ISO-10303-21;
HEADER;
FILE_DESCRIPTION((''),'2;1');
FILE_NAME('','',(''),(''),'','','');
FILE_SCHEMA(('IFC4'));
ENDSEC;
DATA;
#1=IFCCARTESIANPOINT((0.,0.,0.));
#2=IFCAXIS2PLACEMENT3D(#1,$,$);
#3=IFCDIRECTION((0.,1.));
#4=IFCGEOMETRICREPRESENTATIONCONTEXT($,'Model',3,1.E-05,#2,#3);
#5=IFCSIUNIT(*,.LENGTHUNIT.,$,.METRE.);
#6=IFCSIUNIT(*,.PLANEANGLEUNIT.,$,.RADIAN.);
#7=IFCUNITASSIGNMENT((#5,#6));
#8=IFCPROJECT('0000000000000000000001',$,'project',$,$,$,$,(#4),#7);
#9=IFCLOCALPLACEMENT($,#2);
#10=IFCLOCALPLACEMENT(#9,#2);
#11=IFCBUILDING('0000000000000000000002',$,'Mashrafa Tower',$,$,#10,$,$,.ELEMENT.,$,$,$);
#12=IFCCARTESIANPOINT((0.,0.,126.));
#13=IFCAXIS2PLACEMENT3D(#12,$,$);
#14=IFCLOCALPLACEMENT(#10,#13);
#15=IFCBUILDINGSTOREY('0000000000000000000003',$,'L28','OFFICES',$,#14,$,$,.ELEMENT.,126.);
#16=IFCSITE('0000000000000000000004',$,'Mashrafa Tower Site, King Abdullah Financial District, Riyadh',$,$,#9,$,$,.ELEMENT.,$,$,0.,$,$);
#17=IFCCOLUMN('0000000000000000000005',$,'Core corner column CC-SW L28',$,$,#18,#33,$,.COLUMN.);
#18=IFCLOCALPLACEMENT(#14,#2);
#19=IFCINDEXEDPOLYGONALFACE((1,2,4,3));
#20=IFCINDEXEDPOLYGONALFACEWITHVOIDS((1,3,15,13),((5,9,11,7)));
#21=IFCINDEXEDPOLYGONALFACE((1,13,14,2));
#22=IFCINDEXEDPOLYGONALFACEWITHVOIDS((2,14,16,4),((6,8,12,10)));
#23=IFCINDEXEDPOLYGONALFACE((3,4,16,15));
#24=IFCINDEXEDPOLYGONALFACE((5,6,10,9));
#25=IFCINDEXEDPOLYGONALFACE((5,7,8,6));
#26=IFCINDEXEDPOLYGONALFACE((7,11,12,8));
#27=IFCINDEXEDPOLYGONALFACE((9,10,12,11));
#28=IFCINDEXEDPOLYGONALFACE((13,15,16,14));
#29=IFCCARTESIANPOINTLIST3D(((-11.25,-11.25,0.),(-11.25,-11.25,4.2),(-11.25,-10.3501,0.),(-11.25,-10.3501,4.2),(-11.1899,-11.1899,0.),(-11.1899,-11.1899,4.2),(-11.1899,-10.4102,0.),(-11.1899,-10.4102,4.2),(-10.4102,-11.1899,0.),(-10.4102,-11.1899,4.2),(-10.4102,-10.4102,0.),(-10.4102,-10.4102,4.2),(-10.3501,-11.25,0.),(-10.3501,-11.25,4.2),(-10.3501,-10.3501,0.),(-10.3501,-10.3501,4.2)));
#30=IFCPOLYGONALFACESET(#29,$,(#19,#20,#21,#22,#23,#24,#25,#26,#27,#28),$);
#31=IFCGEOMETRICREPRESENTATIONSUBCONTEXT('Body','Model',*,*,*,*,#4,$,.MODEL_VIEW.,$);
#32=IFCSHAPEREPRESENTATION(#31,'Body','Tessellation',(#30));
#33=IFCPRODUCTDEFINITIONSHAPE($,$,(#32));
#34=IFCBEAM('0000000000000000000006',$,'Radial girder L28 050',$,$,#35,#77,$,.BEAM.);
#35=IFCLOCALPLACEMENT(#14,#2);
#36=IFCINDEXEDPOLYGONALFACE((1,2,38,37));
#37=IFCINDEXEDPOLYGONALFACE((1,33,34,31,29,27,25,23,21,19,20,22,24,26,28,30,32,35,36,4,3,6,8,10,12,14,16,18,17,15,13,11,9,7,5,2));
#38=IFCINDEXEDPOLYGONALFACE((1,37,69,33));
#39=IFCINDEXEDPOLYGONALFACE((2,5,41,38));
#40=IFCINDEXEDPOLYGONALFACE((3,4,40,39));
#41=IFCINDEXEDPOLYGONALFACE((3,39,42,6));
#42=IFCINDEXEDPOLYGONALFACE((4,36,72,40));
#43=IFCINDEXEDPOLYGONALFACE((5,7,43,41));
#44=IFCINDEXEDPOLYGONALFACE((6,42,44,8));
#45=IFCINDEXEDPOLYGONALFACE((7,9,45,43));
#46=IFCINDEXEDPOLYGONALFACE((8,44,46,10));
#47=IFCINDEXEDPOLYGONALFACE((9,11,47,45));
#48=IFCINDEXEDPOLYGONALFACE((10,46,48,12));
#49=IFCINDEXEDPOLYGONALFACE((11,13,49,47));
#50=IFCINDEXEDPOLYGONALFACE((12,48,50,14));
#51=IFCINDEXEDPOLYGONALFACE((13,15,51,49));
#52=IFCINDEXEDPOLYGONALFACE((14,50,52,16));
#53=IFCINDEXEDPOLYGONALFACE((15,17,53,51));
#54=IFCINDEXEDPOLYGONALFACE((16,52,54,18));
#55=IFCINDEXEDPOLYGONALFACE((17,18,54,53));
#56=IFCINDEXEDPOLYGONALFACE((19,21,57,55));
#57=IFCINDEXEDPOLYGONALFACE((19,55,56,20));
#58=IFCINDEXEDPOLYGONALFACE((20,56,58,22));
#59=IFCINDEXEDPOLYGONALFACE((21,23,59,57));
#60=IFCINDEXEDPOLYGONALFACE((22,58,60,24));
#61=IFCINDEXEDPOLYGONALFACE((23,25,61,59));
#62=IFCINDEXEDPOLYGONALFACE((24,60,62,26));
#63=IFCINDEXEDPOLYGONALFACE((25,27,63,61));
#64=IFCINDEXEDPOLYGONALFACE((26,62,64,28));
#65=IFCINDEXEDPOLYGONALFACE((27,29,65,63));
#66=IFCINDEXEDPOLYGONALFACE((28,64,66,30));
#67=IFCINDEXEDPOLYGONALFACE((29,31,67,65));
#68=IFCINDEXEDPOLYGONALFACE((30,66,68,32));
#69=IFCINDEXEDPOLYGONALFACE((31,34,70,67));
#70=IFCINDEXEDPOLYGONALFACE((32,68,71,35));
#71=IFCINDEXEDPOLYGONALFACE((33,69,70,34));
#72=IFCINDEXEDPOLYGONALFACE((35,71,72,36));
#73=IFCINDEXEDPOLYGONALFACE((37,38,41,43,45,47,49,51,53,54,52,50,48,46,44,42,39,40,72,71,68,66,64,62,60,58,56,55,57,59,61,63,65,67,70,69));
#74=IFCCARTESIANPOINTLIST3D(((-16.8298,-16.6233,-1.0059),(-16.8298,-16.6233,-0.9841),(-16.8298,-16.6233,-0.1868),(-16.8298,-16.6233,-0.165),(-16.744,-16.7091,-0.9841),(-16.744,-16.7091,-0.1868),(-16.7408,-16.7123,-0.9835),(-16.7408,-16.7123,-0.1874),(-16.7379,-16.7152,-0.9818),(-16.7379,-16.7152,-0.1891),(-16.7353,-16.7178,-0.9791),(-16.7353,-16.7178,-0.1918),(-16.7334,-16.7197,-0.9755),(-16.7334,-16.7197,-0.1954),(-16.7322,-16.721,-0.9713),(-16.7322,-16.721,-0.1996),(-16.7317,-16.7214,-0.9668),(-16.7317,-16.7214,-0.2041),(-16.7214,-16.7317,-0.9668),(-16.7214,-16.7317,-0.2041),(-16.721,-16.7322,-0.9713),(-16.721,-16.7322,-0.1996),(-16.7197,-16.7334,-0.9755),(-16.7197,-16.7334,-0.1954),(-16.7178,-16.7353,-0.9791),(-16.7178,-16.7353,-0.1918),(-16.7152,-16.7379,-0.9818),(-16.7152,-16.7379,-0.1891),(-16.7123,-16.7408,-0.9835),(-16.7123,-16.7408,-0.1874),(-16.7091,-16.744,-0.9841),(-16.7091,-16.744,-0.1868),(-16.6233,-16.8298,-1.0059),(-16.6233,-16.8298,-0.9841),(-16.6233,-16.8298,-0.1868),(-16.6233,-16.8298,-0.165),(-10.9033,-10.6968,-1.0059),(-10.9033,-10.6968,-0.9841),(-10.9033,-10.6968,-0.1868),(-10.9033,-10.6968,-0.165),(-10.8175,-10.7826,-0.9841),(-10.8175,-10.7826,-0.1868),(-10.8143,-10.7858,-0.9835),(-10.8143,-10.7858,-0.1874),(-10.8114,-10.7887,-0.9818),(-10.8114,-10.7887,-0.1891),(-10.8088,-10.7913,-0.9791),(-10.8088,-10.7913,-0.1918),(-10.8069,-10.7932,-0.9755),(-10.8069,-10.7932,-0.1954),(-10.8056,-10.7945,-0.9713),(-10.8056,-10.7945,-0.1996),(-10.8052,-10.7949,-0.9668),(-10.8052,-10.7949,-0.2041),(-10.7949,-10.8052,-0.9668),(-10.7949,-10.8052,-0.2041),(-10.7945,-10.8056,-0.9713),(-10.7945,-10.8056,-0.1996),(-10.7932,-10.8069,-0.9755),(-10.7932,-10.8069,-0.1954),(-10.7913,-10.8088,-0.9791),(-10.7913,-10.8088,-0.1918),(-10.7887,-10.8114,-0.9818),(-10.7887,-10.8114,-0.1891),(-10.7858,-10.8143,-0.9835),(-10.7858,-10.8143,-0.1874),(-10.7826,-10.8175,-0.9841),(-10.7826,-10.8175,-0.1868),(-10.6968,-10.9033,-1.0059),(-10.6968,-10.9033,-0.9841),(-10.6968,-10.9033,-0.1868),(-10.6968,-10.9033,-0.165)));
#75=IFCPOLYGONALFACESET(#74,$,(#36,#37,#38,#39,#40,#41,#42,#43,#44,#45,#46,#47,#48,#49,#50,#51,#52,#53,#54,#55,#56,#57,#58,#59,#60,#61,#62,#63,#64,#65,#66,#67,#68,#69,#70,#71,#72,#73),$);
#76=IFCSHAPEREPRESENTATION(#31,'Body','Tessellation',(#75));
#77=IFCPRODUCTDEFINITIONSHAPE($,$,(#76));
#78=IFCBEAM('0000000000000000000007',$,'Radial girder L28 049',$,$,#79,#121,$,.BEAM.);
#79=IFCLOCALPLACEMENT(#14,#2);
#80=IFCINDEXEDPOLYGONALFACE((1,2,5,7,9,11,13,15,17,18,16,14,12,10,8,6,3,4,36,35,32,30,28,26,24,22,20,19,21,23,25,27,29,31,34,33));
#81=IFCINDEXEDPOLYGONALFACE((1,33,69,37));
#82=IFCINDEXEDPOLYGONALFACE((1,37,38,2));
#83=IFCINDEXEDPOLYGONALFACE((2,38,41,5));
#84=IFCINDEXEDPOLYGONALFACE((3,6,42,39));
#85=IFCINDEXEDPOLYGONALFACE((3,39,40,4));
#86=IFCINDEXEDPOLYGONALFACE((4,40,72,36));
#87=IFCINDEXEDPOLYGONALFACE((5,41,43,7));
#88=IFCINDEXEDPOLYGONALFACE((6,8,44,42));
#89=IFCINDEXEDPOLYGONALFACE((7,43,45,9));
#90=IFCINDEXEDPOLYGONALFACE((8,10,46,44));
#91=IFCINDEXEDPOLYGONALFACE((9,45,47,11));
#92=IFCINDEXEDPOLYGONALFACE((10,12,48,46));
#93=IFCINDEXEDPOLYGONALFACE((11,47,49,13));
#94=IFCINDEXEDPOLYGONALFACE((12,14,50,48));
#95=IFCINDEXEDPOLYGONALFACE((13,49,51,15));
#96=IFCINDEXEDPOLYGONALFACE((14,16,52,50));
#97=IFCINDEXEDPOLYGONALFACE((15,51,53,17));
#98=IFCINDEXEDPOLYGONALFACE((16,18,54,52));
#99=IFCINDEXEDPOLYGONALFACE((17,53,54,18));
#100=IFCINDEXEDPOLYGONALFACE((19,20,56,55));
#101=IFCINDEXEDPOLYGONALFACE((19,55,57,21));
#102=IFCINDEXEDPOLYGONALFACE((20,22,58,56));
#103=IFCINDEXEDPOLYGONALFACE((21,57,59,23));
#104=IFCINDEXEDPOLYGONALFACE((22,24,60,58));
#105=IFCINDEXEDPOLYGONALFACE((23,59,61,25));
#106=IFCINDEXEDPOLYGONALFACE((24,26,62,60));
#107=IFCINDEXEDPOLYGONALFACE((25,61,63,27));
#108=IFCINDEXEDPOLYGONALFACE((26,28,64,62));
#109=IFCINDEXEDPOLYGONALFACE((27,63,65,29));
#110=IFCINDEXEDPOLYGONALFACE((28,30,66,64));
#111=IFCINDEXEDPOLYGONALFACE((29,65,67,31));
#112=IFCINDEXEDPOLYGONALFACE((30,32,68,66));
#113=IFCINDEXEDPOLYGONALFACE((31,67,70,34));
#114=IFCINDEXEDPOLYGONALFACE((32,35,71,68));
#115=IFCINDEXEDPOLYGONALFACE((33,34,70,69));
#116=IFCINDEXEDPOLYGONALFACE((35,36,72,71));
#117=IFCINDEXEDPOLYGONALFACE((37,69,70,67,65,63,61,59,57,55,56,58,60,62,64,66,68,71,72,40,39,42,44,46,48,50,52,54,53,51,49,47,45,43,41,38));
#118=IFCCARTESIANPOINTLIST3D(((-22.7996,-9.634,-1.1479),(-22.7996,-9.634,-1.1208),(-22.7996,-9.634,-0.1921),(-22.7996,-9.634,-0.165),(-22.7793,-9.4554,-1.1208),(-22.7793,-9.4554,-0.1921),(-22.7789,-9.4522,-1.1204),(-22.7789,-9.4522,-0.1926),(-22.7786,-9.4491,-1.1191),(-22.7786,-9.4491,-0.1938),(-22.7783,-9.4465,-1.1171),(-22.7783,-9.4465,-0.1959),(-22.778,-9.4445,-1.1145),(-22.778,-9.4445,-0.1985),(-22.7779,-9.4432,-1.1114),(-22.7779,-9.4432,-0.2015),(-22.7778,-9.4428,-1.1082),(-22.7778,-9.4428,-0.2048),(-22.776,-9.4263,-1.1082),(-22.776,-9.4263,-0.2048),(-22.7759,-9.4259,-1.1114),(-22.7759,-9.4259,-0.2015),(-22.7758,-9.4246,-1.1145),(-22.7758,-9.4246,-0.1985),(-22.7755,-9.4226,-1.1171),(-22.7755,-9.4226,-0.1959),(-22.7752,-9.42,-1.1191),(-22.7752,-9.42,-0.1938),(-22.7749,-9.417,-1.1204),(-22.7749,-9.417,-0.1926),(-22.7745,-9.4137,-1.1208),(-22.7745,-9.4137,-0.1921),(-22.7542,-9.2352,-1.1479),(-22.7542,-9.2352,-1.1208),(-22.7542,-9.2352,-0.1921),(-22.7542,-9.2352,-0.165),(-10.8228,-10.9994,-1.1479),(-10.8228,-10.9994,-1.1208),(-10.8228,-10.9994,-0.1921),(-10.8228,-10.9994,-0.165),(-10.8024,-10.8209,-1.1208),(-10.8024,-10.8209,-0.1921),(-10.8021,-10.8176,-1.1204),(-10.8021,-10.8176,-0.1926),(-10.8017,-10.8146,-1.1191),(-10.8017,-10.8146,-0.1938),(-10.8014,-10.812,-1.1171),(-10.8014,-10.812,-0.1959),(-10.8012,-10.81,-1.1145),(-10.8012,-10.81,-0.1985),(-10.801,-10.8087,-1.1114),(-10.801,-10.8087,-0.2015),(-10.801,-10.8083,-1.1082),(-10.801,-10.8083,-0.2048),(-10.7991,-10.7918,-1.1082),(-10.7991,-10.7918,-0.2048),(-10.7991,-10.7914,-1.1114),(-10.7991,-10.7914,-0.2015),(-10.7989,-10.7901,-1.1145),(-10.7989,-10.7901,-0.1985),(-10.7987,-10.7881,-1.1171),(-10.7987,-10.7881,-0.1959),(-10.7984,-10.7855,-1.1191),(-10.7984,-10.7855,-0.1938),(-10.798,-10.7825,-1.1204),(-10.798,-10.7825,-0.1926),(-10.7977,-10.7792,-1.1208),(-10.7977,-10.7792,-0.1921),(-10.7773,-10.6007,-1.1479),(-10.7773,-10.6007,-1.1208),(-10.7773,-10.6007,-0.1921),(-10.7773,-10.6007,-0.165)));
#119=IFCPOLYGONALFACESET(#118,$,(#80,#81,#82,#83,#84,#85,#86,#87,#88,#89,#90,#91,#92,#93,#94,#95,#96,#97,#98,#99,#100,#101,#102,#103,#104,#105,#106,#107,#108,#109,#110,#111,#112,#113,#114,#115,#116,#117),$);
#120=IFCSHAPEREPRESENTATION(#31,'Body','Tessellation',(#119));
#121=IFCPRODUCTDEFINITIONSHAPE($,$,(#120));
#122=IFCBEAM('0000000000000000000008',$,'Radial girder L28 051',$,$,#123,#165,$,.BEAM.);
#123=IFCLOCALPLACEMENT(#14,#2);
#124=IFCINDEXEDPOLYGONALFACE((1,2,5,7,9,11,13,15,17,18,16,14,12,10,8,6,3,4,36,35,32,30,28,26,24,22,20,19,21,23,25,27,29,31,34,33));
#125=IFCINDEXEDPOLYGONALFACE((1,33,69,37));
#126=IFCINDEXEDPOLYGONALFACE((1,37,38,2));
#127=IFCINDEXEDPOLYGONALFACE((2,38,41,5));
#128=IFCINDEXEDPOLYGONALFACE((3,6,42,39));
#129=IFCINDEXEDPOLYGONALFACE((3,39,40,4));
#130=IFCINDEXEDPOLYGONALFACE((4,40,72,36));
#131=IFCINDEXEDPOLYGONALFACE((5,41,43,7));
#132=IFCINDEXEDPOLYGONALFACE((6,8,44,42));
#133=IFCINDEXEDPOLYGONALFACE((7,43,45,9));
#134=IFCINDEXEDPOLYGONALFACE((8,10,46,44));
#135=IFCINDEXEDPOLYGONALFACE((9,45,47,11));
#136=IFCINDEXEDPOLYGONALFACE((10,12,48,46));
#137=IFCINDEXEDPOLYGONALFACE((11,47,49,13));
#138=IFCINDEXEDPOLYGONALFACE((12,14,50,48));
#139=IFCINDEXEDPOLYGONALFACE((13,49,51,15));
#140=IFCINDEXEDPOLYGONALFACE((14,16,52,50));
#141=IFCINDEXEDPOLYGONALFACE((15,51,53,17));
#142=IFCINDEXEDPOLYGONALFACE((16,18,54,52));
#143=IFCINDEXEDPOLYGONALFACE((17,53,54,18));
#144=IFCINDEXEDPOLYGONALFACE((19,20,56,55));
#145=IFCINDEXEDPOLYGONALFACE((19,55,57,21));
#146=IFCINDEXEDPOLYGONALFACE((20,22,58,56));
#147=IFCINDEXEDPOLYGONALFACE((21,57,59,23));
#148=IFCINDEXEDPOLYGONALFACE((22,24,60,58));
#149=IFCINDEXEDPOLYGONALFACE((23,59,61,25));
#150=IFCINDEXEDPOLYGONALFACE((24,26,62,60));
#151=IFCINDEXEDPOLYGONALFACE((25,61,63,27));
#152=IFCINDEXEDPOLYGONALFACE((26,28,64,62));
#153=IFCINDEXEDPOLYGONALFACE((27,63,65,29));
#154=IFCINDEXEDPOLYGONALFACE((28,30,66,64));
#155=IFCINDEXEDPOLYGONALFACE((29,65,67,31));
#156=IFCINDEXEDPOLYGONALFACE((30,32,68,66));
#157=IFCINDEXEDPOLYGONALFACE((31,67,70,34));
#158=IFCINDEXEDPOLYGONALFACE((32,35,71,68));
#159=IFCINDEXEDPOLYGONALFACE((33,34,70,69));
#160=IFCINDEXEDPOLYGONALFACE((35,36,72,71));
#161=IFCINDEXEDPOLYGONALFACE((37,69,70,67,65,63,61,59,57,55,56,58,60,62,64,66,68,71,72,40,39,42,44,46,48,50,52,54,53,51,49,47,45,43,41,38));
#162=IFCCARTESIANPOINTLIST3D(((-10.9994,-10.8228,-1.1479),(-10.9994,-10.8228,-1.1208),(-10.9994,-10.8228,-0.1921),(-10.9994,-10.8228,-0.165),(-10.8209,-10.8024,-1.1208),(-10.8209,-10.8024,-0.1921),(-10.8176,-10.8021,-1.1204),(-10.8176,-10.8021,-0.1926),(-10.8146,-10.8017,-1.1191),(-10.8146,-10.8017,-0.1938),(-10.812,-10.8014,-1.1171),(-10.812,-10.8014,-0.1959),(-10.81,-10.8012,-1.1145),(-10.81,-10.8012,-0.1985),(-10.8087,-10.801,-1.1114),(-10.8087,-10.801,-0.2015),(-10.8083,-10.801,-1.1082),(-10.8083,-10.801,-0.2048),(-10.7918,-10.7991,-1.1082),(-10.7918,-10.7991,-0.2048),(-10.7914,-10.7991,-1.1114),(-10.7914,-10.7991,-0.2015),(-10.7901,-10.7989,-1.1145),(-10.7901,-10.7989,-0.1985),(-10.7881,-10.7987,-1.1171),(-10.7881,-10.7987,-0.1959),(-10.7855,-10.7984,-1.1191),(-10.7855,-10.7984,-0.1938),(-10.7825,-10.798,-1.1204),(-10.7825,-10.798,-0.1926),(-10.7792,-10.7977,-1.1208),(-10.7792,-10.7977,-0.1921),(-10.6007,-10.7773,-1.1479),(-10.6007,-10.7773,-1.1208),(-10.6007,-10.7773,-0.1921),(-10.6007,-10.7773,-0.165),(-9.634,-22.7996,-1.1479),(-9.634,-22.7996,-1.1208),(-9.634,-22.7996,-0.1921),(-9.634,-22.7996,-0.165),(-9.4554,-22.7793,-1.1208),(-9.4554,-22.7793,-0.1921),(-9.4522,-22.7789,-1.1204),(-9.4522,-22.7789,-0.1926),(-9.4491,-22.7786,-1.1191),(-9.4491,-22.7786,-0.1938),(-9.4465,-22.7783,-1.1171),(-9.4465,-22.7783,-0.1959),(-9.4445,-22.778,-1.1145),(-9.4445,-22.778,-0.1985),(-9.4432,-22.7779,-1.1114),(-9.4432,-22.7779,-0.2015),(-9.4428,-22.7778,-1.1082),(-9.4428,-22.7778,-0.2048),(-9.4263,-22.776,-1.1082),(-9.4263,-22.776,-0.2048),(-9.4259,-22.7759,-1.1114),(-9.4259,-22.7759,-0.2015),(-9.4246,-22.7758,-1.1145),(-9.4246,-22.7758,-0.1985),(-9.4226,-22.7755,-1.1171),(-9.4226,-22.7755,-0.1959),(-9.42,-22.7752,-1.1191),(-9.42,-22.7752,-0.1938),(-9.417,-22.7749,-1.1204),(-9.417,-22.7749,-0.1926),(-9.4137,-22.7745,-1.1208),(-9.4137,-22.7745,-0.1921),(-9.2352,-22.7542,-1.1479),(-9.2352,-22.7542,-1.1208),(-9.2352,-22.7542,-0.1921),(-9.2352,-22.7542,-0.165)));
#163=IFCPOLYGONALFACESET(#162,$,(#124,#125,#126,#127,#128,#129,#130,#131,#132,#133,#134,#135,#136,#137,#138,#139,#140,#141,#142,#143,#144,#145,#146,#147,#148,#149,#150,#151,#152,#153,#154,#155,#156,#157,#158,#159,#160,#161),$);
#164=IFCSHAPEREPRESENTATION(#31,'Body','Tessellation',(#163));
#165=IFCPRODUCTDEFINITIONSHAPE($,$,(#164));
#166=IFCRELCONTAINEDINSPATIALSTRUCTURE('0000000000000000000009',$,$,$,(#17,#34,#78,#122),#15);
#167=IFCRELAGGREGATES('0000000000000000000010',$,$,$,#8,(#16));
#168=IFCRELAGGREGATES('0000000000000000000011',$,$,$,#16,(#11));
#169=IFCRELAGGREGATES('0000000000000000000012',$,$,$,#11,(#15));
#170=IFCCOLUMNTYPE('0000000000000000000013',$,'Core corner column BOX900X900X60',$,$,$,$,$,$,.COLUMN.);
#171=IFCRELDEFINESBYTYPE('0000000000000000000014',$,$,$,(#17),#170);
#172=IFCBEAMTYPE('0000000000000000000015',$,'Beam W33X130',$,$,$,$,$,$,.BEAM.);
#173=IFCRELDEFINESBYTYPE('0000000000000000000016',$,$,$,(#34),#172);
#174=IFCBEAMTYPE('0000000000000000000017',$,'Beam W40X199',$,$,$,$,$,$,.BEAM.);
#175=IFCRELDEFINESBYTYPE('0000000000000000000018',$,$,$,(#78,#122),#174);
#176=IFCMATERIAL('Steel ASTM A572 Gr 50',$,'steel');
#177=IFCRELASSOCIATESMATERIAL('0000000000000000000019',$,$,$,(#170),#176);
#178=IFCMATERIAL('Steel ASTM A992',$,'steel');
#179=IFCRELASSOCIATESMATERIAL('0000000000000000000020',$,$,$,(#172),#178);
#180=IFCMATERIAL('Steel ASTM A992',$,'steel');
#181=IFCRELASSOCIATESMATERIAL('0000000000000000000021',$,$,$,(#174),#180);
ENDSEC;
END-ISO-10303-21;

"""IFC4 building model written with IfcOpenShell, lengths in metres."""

from ifc_helpers import new_model, si_unit, direction, frame, origin, origin_2d, place, context, subcontext, project, spatial, hollow_rectangle, i_section, extrude, material, material_profile, profile_set, type_object, element, save


model = new_model("IFC4")

# Units and contexts
model_context = context("Model", 3, precision=1e-05, world=origin(), true_north=direction((0.0, 1.0)))
body_context = subcontext(model_context, "Body", "Model", "MODEL_VIEW")
ifc_project = project(units=[si_unit("LENGTHUNIT", "METRE"), si_unit("PLANEANGLEUNIT", "RADIAN")], contexts=[model_context])

# Site, building, storey
site_placement = place(None, origin())
site = spatial("IfcSite", under=ifc_project, at=site_placement, Name="Mashrafa Tower Site, King Abdullah Financial District, Riyadh", CompositionType="ELEMENT", RefElevation=0.0)
building_placement = place(site_placement, origin())
building = spatial("IfcBuilding", under=site, at=building_placement, Name="Mashrafa Tower", CompositionType="ELEMENT")
storey_placement = place(building_placement, frame((0.0, 0.0, 126.0)))
storey = spatial("IfcBuildingStorey", under=building, at=storey_placement, Name="L28", Description="OFFICES", CompositionType="ELEMENT", Elevation=126.0)

# Column
ifc_material_1 = material(Name="Steel ASTM A572 Gr 50", Category="steel")
ifc_material_profile_1 = material_profile(ifc_material_1, hollow_rectangle(XDim=0.8999, YDim=0.8999, WallThickness=0.0601, at=origin_2d()), Name="BOX900X900X60")
ifc_profile_set_1 = profile_set([ifc_material_profile_1], Name="Steel ASTM A572 Gr 50")
column_type = type_object("IfcColumnType", Name="Core corner column BOX900X900X60", PredefinedType="COLUMN", material=ifc_profile_set_1)
column_placement = place(storey_placement, frame((-10.8, -10.8, 0.0), z_axis=(0.0, 0.0, 1.0), x_axis=(1.0, 0.0, 0.0)))
element("IfcColumn", 1, at=column_placement, inside=storey, type_object=column_type, Name="Core corner column CC-SW L28", PredefinedType="COLUMN", context=body_context, shape_type="SweptSolid", body=[
    extrude(hollow_rectangle(XDim=0.8999, YDim=0.8999, WallThickness=0.0601, at=origin_2d()), origin(), (0.0, 0.0, 1.0), 4.2),
])

# Beams
ifc_material_2 = material(Name="Steel ASTM A992", Category="steel")
ifc_material_profile_2 = material_profile(ifc_material_2, i_section(OverallWidth=0.292, OverallDepth=0.8408, WebThickness=0.0146, FlangeThickness=0.0217, FilletRadius=0.0173, at=origin_2d()), Name="W33X130")
ifc_profile_set_2 = profile_set([ifc_material_profile_2], Name="Steel ASTM A992")
beam_type_1 = type_object("IfcBeamType", Name="Beam W33X130", PredefinedType="BEAM", material=ifc_profile_set_2)
beam_1_placement = place(storey_placement, frame((-10.8, -10.8, -0.5854), z_axis=(-0.707107, -0.707107, 0.0), x_axis=(0.707107, -0.707107, 0.0)))
element("IfcBeam", 2, at=beam_1_placement, inside=storey, type_object=beam_type_1, Name="Radial girder L28 050", PredefinedType="BEAM", context=body_context, shape_type="SweptSolid", body=[
    extrude(i_section(OverallWidth=0.292, OverallDepth=0.8408, WebThickness=0.0146, FlangeThickness=0.0217, FilletRadius=0.0173, at=origin_2d()), origin(), (0.0, 0.0, 1.0), 8.3813),
])
ifc_material_3 = material(Name="Steel ASTM A992", Category="steel")
ifc_material_profile_3 = material_profile(ifc_material_3, i_section(OverallWidth=0.4014, OverallDepth=0.9829, WebThickness=0.0166, FlangeThickness=0.0271, FilletRadius=0.0127, at=origin_2d()), Name="W40X199")
ifc_profile_set_3 = profile_set([ifc_material_profile_3], Name="Steel ASTM A992")
beam_type_2 = type_object("IfcBeamType", Name="Beam W40X199", PredefinedType="BEAM", material=ifc_profile_set_3)
for number, where, z_axis, x_axis, name in (
    (3, (-10.8, -10.8, -0.6565), (-0.993564, 0.113276, 0.0), (-0.113276, -0.993564, 0.0), "Radial girder L28 049"),
    (4, (-10.8, -10.8, -0.6565), (0.113276, -0.993564, 0.0), (0.993564, 0.113276, 0.0), "Radial girder L28 051"),
):
    element("IfcBeam", number, at=place(storey_placement, frame(where, z_axis=z_axis, x_axis=x_axis)), inside=storey, type_object=beam_type_2, Name=name, PredefinedType="BEAM", context=body_context, shape_type="SweptSolid", body=[
        extrude(i_section(OverallWidth=0.4014, OverallDepth=0.9829, WebThickness=0.0166, FlangeThickness=0.0271, FilletRadius=0.0127, at=origin_2d()), origin(), (0.0, 0.0, 1.0), 12.0544),
    ])

save(model, "model.ifc")
